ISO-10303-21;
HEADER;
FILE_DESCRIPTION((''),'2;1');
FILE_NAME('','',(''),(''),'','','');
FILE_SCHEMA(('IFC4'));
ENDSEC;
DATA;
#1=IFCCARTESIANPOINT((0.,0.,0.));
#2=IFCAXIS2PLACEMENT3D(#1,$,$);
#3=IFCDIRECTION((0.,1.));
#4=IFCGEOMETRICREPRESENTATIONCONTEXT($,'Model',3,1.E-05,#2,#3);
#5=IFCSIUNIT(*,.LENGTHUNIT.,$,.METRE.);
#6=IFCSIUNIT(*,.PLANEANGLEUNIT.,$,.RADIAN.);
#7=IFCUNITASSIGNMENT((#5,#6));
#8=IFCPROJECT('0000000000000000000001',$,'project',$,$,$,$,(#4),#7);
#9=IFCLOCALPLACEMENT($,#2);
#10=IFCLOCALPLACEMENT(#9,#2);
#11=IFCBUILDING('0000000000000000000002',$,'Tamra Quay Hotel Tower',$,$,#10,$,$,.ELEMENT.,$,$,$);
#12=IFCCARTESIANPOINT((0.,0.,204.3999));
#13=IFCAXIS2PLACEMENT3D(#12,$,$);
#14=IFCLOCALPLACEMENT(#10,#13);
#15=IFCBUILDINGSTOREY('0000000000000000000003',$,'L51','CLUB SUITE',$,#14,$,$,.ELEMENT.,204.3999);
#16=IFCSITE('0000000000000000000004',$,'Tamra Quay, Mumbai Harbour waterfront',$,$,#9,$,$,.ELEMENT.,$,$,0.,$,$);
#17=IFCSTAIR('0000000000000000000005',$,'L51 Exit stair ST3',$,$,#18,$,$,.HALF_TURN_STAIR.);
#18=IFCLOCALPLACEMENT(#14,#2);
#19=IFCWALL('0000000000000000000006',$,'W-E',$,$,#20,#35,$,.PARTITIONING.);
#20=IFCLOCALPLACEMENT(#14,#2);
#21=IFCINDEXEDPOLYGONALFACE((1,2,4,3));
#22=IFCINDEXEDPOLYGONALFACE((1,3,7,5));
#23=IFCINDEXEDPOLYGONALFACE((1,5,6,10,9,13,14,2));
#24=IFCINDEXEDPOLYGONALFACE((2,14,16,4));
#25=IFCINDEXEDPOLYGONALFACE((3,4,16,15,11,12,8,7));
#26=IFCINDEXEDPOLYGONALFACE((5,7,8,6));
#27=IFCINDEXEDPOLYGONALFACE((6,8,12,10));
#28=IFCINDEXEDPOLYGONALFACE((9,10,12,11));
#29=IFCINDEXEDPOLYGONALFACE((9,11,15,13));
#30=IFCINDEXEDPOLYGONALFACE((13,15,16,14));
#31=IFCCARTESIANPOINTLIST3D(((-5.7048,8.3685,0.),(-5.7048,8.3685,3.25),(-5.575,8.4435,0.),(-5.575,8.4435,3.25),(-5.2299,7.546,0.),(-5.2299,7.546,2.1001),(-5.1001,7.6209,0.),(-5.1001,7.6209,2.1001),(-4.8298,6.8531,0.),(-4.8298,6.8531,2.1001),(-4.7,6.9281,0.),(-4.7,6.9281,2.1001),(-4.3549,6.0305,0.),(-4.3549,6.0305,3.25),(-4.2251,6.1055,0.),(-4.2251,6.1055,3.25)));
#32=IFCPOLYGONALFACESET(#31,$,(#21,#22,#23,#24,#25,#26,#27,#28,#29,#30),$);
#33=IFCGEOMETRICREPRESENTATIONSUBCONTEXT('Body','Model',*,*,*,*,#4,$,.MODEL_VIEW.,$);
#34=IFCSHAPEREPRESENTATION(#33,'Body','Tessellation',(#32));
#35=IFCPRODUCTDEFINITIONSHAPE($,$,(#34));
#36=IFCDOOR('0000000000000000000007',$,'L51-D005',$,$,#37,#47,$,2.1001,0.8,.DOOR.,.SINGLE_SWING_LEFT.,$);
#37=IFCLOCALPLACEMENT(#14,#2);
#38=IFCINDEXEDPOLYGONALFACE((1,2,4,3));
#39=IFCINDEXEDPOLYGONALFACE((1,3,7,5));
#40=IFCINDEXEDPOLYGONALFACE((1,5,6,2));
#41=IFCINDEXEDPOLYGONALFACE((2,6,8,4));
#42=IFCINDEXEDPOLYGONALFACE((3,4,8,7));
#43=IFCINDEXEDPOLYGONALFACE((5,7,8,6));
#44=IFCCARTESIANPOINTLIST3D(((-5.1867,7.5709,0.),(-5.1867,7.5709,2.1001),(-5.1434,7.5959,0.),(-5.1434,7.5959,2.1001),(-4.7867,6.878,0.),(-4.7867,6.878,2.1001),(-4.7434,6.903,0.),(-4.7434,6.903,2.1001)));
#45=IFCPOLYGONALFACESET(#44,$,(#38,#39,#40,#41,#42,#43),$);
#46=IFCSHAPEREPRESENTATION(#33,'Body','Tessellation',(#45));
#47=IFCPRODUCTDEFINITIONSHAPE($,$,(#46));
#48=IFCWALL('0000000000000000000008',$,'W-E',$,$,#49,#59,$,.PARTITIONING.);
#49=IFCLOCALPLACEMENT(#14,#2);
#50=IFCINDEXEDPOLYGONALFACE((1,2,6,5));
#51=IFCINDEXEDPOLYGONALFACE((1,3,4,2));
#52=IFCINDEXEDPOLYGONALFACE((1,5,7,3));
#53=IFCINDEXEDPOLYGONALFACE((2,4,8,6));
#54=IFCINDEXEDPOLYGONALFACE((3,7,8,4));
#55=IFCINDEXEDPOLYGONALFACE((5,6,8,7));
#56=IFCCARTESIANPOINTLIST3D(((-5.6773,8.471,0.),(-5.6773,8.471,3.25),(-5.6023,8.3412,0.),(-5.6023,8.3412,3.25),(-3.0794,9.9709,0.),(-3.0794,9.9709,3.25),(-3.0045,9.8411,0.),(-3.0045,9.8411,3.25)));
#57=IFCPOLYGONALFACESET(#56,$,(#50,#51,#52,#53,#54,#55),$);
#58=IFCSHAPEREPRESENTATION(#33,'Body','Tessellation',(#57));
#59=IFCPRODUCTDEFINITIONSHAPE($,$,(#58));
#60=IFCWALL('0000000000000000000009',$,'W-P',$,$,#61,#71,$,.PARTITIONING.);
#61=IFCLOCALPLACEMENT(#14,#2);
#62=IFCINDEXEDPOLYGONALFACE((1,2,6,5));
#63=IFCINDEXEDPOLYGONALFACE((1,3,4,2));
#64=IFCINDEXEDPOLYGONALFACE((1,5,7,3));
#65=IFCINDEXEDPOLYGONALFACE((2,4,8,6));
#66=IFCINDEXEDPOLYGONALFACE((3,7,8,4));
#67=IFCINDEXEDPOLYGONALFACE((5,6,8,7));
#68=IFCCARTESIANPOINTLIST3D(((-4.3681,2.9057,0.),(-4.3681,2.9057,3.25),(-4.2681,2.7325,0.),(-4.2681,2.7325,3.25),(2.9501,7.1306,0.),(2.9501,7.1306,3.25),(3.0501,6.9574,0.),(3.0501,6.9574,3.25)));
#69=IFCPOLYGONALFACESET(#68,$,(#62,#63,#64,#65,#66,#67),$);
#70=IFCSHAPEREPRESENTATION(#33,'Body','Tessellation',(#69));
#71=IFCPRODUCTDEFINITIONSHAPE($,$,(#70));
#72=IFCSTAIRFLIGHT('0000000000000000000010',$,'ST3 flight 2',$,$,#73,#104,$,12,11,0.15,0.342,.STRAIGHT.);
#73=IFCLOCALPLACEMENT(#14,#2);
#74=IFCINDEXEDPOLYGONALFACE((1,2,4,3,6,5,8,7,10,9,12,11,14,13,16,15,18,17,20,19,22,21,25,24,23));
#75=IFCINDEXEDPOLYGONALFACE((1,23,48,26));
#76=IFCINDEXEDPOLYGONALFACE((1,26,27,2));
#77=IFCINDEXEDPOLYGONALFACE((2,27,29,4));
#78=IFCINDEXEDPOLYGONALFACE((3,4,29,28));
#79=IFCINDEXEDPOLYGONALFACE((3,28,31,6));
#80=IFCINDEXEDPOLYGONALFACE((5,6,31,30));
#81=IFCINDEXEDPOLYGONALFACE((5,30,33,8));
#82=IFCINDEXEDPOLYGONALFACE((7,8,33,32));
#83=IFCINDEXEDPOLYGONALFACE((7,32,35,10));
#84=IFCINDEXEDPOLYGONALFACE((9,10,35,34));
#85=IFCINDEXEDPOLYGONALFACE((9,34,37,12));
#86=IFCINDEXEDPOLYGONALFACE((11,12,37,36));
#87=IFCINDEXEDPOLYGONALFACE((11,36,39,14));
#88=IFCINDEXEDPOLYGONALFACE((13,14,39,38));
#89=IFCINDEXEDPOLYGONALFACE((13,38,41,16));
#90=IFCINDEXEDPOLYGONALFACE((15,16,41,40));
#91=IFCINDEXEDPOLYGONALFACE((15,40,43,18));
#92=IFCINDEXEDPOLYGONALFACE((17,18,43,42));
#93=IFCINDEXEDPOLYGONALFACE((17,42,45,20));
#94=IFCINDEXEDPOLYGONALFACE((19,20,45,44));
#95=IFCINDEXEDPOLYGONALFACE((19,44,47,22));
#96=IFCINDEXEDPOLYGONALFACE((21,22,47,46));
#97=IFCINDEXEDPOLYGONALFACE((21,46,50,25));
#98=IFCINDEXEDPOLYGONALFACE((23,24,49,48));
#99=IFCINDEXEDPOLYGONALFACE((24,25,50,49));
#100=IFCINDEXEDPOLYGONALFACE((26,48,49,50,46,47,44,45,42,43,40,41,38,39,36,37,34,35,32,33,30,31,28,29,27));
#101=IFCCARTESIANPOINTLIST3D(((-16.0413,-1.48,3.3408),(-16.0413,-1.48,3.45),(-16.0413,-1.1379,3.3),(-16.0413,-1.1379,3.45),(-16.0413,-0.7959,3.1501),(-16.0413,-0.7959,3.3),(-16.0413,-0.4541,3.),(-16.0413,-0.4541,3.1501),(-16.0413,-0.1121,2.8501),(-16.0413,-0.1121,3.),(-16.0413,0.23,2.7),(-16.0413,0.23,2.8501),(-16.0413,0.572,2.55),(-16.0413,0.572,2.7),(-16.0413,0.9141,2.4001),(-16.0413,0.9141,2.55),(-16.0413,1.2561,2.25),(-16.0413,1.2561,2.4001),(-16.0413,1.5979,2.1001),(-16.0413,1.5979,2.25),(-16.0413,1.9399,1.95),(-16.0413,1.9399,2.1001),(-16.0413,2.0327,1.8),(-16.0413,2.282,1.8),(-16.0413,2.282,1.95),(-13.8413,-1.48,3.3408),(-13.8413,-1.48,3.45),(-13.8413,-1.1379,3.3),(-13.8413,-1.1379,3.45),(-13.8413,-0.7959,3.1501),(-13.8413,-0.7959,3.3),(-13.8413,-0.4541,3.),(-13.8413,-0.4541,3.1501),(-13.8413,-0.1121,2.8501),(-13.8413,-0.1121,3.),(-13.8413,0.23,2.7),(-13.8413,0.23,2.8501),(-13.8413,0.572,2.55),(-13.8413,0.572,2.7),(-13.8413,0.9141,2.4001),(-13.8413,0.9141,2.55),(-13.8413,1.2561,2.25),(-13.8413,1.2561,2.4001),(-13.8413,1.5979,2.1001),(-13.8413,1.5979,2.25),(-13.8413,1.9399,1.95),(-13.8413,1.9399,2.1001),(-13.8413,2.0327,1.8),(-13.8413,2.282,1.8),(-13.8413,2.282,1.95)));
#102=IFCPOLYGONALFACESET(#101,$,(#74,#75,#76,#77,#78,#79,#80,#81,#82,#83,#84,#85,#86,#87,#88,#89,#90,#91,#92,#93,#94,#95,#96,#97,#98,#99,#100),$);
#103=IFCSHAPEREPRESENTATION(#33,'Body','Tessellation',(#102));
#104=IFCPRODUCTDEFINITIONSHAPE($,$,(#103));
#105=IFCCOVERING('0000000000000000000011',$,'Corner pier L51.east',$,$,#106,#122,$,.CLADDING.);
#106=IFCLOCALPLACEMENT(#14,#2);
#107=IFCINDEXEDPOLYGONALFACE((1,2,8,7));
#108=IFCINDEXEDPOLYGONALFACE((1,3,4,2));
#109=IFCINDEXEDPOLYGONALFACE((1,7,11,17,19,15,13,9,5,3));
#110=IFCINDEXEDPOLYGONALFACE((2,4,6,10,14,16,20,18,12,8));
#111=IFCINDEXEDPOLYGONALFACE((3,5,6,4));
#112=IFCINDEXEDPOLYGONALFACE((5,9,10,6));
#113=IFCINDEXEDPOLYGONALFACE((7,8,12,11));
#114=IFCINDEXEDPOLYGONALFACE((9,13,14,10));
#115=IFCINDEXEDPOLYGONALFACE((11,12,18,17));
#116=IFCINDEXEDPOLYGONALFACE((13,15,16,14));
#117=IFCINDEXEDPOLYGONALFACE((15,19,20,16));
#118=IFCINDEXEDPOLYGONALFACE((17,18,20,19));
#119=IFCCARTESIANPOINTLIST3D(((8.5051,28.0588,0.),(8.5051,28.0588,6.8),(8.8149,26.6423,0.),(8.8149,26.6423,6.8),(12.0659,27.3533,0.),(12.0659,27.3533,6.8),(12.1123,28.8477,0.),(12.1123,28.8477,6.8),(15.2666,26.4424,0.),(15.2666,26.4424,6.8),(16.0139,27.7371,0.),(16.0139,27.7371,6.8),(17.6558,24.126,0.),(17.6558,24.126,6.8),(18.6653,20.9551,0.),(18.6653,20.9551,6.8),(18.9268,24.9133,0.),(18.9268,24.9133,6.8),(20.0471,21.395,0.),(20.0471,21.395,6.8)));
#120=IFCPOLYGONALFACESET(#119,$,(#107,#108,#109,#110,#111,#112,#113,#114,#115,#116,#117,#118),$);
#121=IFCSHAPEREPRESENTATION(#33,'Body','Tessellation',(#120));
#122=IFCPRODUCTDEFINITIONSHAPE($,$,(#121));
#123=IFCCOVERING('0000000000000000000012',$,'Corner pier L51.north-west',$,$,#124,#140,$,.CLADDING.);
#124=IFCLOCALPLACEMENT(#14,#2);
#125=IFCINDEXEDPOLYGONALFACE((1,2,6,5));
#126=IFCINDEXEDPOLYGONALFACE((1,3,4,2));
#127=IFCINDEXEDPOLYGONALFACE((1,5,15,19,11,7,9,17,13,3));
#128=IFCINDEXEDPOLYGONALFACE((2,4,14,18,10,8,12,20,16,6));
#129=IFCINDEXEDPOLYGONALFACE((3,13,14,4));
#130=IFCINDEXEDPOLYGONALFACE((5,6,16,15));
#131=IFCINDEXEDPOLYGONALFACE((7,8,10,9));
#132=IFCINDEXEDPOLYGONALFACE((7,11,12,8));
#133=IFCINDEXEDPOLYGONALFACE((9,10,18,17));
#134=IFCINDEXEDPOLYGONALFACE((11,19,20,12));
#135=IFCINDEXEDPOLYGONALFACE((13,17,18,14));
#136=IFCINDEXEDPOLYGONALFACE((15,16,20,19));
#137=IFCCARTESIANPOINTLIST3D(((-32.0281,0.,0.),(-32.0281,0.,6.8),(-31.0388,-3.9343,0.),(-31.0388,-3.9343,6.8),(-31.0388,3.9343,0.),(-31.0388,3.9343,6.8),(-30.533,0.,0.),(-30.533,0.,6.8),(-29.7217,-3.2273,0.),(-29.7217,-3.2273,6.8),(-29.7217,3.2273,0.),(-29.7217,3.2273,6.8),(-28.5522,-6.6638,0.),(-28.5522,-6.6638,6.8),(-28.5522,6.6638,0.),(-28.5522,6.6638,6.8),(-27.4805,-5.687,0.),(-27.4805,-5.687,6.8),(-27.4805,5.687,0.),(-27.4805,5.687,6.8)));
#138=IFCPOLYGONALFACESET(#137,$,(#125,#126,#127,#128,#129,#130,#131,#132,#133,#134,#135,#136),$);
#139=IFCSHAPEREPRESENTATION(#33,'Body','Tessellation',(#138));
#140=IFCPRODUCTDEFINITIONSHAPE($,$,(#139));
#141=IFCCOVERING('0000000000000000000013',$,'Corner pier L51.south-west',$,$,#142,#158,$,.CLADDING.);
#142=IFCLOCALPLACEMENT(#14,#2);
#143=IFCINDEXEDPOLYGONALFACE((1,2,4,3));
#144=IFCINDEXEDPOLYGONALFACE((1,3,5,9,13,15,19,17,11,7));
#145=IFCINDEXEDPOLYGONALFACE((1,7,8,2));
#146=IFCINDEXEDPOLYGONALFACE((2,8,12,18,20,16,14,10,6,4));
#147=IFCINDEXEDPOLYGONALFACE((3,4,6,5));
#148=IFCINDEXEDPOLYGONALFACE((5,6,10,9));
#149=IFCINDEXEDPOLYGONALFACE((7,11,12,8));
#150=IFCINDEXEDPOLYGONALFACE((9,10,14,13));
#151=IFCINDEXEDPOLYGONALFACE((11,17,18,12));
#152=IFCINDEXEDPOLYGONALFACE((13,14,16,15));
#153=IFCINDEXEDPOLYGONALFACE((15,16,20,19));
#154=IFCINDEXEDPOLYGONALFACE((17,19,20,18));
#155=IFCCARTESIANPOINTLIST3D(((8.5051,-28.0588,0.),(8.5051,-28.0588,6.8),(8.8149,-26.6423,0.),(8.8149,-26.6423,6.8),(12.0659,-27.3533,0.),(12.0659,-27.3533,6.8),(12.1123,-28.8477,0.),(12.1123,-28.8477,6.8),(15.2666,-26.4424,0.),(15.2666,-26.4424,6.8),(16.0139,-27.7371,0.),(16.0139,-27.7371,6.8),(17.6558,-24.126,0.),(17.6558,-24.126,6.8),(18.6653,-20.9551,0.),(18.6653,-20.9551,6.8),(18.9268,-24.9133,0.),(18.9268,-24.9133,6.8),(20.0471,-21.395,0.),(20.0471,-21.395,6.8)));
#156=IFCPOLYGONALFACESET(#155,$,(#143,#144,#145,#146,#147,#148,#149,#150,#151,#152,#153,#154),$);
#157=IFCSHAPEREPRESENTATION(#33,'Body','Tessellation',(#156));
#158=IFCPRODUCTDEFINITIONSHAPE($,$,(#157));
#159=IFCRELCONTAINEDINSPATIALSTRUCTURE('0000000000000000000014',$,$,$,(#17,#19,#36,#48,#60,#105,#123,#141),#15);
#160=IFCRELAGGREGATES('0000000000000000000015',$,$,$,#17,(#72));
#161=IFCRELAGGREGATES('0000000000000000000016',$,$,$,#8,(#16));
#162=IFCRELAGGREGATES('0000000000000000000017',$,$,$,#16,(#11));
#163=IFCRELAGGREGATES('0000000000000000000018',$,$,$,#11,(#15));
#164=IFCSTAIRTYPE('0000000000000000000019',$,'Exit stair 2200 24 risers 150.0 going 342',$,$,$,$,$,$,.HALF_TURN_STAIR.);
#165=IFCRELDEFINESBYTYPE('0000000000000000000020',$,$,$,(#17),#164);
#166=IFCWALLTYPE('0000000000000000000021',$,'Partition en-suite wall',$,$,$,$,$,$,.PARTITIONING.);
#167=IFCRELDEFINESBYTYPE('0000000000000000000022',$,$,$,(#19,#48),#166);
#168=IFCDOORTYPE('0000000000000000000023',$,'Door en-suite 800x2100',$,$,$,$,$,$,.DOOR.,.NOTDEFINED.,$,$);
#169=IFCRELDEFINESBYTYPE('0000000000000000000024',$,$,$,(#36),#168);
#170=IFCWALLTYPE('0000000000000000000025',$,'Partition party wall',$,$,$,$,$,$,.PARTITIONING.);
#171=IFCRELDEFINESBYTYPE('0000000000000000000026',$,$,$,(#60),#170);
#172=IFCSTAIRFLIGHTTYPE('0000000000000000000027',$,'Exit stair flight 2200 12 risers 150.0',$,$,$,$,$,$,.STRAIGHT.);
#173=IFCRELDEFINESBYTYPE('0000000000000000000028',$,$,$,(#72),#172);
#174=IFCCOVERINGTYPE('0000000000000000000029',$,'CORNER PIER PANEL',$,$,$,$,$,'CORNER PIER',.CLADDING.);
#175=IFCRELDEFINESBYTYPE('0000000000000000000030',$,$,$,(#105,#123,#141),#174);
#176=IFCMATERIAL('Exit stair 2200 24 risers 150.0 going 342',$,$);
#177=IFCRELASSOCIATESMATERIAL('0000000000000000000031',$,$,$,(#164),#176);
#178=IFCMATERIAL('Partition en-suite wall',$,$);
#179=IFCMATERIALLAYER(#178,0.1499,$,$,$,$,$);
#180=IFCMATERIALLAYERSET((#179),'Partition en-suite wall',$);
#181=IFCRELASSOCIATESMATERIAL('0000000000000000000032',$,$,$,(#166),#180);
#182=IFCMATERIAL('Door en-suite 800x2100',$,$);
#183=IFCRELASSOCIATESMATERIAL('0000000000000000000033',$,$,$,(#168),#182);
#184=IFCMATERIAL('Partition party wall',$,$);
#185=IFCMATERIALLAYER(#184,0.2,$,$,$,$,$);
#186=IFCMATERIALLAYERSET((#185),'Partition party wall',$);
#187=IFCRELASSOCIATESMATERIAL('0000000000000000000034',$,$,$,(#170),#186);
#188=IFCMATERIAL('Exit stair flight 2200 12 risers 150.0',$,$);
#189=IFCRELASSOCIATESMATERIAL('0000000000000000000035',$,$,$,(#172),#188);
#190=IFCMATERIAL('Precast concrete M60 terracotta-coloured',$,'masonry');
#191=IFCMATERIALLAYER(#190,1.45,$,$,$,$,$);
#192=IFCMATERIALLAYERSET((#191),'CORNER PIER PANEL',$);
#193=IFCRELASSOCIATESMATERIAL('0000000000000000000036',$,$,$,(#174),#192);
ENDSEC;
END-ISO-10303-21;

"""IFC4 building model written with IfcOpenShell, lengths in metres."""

from ifc_helpers import new_model, si_unit, direction, frame, frame_2d, origin, place, context, subcontext, project, spatial, polyline, rectangle, outline, extrude, material, layer, layer_set, type_object, element, fill, aggregate, save


model = new_model("IFC4")

# Units and contexts
model_context = context("Model", 3, precision=1e-05, world=origin(), true_north=direction((0.0, 1.0)))
body_context = subcontext(model_context, "Body", "Model", "MODEL_VIEW")
ifc_project = project(units=[si_unit("LENGTHUNIT", "METRE"), si_unit("PLANEANGLEUNIT", "RADIAN")], contexts=[model_context])

# Site, building, storey
site_placement = place(None, origin())
site = spatial("IfcSite", under=ifc_project, at=site_placement, Name="Tamra Quay, Mumbai Harbour waterfront", CompositionType="ELEMENT", RefElevation=0.0)
building_placement = place(site_placement, origin())
building = spatial("IfcBuilding", under=site, at=building_placement, Name="Tamra Quay Hotel Tower", CompositionType="ELEMENT")
storey_placement = place(building_placement, frame((0.0, 0.0, 204.3999)))
storey = spatial("IfcBuildingStorey", under=building, at=storey_placement, Name="L51", Description="CLUB SUITE", CompositionType="ELEMENT", Elevation=204.3999)

# Stair
ifc_material_1 = material(Name="Exit stair 2200 24 risers 150.0 going 342")
stair_type = type_object("IfcStairType", Name="Exit stair 2200 24 risers 150.0 going 342", PredefinedType="HALF_TURN_STAIR", material=ifc_material_1)
stair_1_placement = place(storey_placement, origin())
stair_1 = element("IfcStair", 1, at=stair_1_placement, inside=storey, type_object=stair_type, Name="L51 Exit stair ST3", PredefinedType="HALF_TURN_STAIR")

# Shared definitions
ifc_material_2 = material(Name="Partition en-suite wall")
ifc_layer_1 = layer(ifc_material_2, 0.1499)
ifc_layer_set_1 = layer_set([ifc_layer_1], Name="Partition en-suite wall")
wall_type_1 = type_object("IfcWallType", Name="Partition en-suite wall", PredefinedType="PARTITIONING", material=ifc_layer_set_1)
ifc_material_3 = material(Name="Door en-suite 800x2100")
door_type_1 = type_object("IfcDoorType", Name="Door en-suite 800x2100", OperationType="NOTDEFINED", PredefinedType="DOOR", material=ifc_material_3)

# Wall, opening, door
wall_1_placement = place(storey_placement, frame((-5.6399, 8.406, 0.0), z_axis=(0.0, 0.0, 1.0), x_axis=(0.50002, -0.866014, 0.0)))
wall_1 = element("IfcWall", 2, at=wall_1_placement, inside=storey, type_object=wall_type_1, Name="W-E", PredefinedType="PARTITIONING", context=body_context, shape_type="SweptSolid", body=[
    extrude(rectangle(XDim=2.6997, YDim=0.1499, at=frame_2d((1.3499, 0.0))), origin(), (0.0, 0.0, 1.0), 3.25),
])
opening_1_placement = place(wall_1_placement, frame((0.95, 0.0, 0.0)))
opening_1 = element("IfcOpeningElement", 3, at=opening_1_placement, cuts=wall_1, PredefinedType="OPENING", context=body_context, shape_type="SweptSolid", body=[
    extrude(rectangle(XDim=0.8, YDim=2.1001, at=frame_2d((0.3999, 1.05))), frame((0.0, 0.085, 0.0), z_axis=(0.0, -1.0, 0.0), x_axis=(1.0, 0.0, 0.0)), (0.0, 0.0, 1.0), 0.1699),
])
door_1_placement = place(opening_1_placement, origin())
door_1 = element("IfcDoor", 4, at=door_1_placement, inside=storey, type_object=door_type_1, Name="L51-D005", OperationType="SINGLE_SWING_LEFT", OverallHeight=2.1001, OverallWidth=0.8, PredefinedType="DOOR", context=body_context, shape_type="SweptSolid", body=[
    extrude(rectangle(XDim=0.8, YDim=2.1001, at=frame_2d((0.3999, 1.05))), frame((0.0, 0.0249, 0.0), z_axis=(0.0, -1.0, 0.0), x_axis=(1.0, 0.0, 0.0)), (0.0, 0.0, 1.0), 0.05),
])
fill(opening_1, door_1)

# Walls
wall_2_placement = place(storey_placement, frame((-5.6399, 8.406, 0.0), z_axis=(0.0, 0.0, 1.0), x_axis=(0.866011, 0.500025, 0.0)))
element("IfcWall", 5, at=wall_2_placement, inside=storey, type_object=wall_type_1, Name="W-E", PredefinedType="PARTITIONING", context=body_context, shape_type="SweptSolid", body=[
    extrude(rectangle(XDim=2.9998, YDim=0.1499, at=frame_2d((1.5, 0.0))), origin(), (0.0, 0.0, 1.0), 3.25),
])
ifc_material_4 = material(Name="Partition party wall")
ifc_layer_2 = layer(ifc_material_4, 0.2)
ifc_layer_set_2 = layer_set([ifc_layer_2], Name="Partition party wall")
wall_type_2 = type_object("IfcWallType", Name="Partition party wall", PredefinedType="PARTITIONING", material=ifc_layer_set_2)
wall_3_placement = place(storey_placement, frame((-4.3181, 2.8191, 0.0), z_axis=(0.0, 0.0, 1.0), x_axis=(0.866039, 0.499977, 0.0)))
element("IfcWall", 6, at=wall_3_placement, inside=storey, type_object=wall_type_2, Name="W-P", PredefinedType="PARTITIONING", context=body_context, shape_type="SweptSolid", body=[
    extrude(rectangle(XDim=8.4502, YDim=0.2, at=frame_2d((4.2251, 0.0))), origin(), (0.0, 0.0, 1.0), 3.25),
])

# Stair flight
ifc_material_5 = material(Name="Exit stair flight 2200 12 risers 150.0")
stair_flight_type = type_object("IfcStairFlightType", Name="Exit stair flight 2200 12 risers 150.0", PredefinedType="STRAIGHT", material=ifc_material_5)
stair_flight_placement = place(storey_placement, frame((-14.9414, 2.282, 1.8), z_axis=(0.0, 0.0, 1.0), x_axis=(0.0, -1.0, 0.0)))
stair_flight = element("IfcStairFlight", 7, at=stair_flight_placement, type_object=stair_flight_type, Name="ST3 flight 2", NumberOfRisers=12, NumberOfTreads=11, PredefinedType="STRAIGHT", RiserHeight=0.15, TreadLength=0.342, context=body_context, shape_type="SweptSolid", body=[
    extrude(outline(polyline([(0.0, 0.0), (0.0, 0.1499), (0.342, 0.1499), (0.342, 0.3), (0.6841, 0.3), (0.6841, 0.45), (1.0259, 0.45), (1.0259, 0.6001), (1.3679, 0.6001), (1.3679, 0.75), (1.71, 0.75), (1.71, 0.8999), (2.052, 0.8999), (2.052, 1.05), (2.394, 1.05), (2.394, 1.2), (2.7361, 1.2), (2.7361, 1.3501), (3.0779, 1.3501), (3.0779, 1.5), (3.4199, 1.5), (3.4199, 1.6499), (3.762, 1.6499), (3.762, 1.8), (3.762, 1.5408), (0.2493, 0.0), (0.0, 0.0)])), frame((0.0, 1.1001, 0.0), z_axis=(0.0, -1.0, 0.0), x_axis=(1.0, 0.0, 0.0)), (0.0, 0.0, 1.0), 2.2),
])
aggregate(stair_1, [stair_flight])

# Coverings
ifc_material_6 = material(Name="Precast concrete M60 terracotta-coloured", Category="masonry")
ifc_layer_3 = layer(ifc_material_6, 1.45)
ifc_layer_set_3 = layer_set([ifc_layer_3], Name="CORNER PIER PANEL")
covering_type = type_object("IfcCoveringType", Name="CORNER PIER PANEL", ElementType="CORNER PIER", PredefinedType="CLADDING", material=ifc_layer_set_3)
covering_1_placement = place(storey_placement, origin())
element("IfcCovering", 8, at=covering_1_placement, inside=storey, type_object=covering_type, Name="Corner pier L51.east", PredefinedType="CLADDING", context=body_context, shape_type="SweptSolid", body=[
    extrude(outline(polyline([(18.6653, 20.9551), (20.0471, 21.395), (18.9268, 24.9133), (16.0139, 27.7371), (12.1123, 28.8477), (8.5051, 28.0588), (8.8149, 26.6423), (12.0659, 27.3533), (15.2666, 26.4424), (17.6558, 24.126), (18.6653, 20.9551)])), origin(), (0.0, 0.0, 1.0), 6.8),
])
covering_2_placement = place(storey_placement, origin())
element("IfcCovering", 9, at=covering_2_placement, inside=storey, type_object=covering_type, Name="Corner pier L51.north-west", PredefinedType="CLADDING", context=body_context, shape_type="SweptSolid", body=[
    extrude(outline(polyline([(-27.4805, 5.687), (-28.5522, 6.6638), (-31.0388, 3.9343), (-32.0281, 0.0), (-31.0388, -3.9343), (-28.5522, -6.6638), (-27.4805, -5.687), (-29.7217, -3.2273), (-30.533, 0.0), (-29.7217, 3.2273), (-27.4805, 5.687)])), origin(), (0.0, 0.0, 1.0), 6.8),
])
covering_3_placement = place(storey_placement, origin())
element("IfcCovering", 10, at=covering_3_placement, inside=storey, type_object=covering_type, Name="Corner pier L51.south-west", PredefinedType="CLADDING", context=body_context, shape_type="SweptSolid", body=[
    extrude(outline(polyline([(8.8149, -26.6423), (8.5051, -28.0588), (12.1123, -28.8477), (16.0139, -27.7371), (18.9268, -24.9133), (20.0471, -21.395), (18.6653, -20.9551), (17.6558, -24.126), (15.2666, -26.4424), (12.0659, -27.3533), (8.8149, -26.6423)])), origin(), (0.0, 0.0, 1.0), 6.8),
])

save(model, "model.ifc")
